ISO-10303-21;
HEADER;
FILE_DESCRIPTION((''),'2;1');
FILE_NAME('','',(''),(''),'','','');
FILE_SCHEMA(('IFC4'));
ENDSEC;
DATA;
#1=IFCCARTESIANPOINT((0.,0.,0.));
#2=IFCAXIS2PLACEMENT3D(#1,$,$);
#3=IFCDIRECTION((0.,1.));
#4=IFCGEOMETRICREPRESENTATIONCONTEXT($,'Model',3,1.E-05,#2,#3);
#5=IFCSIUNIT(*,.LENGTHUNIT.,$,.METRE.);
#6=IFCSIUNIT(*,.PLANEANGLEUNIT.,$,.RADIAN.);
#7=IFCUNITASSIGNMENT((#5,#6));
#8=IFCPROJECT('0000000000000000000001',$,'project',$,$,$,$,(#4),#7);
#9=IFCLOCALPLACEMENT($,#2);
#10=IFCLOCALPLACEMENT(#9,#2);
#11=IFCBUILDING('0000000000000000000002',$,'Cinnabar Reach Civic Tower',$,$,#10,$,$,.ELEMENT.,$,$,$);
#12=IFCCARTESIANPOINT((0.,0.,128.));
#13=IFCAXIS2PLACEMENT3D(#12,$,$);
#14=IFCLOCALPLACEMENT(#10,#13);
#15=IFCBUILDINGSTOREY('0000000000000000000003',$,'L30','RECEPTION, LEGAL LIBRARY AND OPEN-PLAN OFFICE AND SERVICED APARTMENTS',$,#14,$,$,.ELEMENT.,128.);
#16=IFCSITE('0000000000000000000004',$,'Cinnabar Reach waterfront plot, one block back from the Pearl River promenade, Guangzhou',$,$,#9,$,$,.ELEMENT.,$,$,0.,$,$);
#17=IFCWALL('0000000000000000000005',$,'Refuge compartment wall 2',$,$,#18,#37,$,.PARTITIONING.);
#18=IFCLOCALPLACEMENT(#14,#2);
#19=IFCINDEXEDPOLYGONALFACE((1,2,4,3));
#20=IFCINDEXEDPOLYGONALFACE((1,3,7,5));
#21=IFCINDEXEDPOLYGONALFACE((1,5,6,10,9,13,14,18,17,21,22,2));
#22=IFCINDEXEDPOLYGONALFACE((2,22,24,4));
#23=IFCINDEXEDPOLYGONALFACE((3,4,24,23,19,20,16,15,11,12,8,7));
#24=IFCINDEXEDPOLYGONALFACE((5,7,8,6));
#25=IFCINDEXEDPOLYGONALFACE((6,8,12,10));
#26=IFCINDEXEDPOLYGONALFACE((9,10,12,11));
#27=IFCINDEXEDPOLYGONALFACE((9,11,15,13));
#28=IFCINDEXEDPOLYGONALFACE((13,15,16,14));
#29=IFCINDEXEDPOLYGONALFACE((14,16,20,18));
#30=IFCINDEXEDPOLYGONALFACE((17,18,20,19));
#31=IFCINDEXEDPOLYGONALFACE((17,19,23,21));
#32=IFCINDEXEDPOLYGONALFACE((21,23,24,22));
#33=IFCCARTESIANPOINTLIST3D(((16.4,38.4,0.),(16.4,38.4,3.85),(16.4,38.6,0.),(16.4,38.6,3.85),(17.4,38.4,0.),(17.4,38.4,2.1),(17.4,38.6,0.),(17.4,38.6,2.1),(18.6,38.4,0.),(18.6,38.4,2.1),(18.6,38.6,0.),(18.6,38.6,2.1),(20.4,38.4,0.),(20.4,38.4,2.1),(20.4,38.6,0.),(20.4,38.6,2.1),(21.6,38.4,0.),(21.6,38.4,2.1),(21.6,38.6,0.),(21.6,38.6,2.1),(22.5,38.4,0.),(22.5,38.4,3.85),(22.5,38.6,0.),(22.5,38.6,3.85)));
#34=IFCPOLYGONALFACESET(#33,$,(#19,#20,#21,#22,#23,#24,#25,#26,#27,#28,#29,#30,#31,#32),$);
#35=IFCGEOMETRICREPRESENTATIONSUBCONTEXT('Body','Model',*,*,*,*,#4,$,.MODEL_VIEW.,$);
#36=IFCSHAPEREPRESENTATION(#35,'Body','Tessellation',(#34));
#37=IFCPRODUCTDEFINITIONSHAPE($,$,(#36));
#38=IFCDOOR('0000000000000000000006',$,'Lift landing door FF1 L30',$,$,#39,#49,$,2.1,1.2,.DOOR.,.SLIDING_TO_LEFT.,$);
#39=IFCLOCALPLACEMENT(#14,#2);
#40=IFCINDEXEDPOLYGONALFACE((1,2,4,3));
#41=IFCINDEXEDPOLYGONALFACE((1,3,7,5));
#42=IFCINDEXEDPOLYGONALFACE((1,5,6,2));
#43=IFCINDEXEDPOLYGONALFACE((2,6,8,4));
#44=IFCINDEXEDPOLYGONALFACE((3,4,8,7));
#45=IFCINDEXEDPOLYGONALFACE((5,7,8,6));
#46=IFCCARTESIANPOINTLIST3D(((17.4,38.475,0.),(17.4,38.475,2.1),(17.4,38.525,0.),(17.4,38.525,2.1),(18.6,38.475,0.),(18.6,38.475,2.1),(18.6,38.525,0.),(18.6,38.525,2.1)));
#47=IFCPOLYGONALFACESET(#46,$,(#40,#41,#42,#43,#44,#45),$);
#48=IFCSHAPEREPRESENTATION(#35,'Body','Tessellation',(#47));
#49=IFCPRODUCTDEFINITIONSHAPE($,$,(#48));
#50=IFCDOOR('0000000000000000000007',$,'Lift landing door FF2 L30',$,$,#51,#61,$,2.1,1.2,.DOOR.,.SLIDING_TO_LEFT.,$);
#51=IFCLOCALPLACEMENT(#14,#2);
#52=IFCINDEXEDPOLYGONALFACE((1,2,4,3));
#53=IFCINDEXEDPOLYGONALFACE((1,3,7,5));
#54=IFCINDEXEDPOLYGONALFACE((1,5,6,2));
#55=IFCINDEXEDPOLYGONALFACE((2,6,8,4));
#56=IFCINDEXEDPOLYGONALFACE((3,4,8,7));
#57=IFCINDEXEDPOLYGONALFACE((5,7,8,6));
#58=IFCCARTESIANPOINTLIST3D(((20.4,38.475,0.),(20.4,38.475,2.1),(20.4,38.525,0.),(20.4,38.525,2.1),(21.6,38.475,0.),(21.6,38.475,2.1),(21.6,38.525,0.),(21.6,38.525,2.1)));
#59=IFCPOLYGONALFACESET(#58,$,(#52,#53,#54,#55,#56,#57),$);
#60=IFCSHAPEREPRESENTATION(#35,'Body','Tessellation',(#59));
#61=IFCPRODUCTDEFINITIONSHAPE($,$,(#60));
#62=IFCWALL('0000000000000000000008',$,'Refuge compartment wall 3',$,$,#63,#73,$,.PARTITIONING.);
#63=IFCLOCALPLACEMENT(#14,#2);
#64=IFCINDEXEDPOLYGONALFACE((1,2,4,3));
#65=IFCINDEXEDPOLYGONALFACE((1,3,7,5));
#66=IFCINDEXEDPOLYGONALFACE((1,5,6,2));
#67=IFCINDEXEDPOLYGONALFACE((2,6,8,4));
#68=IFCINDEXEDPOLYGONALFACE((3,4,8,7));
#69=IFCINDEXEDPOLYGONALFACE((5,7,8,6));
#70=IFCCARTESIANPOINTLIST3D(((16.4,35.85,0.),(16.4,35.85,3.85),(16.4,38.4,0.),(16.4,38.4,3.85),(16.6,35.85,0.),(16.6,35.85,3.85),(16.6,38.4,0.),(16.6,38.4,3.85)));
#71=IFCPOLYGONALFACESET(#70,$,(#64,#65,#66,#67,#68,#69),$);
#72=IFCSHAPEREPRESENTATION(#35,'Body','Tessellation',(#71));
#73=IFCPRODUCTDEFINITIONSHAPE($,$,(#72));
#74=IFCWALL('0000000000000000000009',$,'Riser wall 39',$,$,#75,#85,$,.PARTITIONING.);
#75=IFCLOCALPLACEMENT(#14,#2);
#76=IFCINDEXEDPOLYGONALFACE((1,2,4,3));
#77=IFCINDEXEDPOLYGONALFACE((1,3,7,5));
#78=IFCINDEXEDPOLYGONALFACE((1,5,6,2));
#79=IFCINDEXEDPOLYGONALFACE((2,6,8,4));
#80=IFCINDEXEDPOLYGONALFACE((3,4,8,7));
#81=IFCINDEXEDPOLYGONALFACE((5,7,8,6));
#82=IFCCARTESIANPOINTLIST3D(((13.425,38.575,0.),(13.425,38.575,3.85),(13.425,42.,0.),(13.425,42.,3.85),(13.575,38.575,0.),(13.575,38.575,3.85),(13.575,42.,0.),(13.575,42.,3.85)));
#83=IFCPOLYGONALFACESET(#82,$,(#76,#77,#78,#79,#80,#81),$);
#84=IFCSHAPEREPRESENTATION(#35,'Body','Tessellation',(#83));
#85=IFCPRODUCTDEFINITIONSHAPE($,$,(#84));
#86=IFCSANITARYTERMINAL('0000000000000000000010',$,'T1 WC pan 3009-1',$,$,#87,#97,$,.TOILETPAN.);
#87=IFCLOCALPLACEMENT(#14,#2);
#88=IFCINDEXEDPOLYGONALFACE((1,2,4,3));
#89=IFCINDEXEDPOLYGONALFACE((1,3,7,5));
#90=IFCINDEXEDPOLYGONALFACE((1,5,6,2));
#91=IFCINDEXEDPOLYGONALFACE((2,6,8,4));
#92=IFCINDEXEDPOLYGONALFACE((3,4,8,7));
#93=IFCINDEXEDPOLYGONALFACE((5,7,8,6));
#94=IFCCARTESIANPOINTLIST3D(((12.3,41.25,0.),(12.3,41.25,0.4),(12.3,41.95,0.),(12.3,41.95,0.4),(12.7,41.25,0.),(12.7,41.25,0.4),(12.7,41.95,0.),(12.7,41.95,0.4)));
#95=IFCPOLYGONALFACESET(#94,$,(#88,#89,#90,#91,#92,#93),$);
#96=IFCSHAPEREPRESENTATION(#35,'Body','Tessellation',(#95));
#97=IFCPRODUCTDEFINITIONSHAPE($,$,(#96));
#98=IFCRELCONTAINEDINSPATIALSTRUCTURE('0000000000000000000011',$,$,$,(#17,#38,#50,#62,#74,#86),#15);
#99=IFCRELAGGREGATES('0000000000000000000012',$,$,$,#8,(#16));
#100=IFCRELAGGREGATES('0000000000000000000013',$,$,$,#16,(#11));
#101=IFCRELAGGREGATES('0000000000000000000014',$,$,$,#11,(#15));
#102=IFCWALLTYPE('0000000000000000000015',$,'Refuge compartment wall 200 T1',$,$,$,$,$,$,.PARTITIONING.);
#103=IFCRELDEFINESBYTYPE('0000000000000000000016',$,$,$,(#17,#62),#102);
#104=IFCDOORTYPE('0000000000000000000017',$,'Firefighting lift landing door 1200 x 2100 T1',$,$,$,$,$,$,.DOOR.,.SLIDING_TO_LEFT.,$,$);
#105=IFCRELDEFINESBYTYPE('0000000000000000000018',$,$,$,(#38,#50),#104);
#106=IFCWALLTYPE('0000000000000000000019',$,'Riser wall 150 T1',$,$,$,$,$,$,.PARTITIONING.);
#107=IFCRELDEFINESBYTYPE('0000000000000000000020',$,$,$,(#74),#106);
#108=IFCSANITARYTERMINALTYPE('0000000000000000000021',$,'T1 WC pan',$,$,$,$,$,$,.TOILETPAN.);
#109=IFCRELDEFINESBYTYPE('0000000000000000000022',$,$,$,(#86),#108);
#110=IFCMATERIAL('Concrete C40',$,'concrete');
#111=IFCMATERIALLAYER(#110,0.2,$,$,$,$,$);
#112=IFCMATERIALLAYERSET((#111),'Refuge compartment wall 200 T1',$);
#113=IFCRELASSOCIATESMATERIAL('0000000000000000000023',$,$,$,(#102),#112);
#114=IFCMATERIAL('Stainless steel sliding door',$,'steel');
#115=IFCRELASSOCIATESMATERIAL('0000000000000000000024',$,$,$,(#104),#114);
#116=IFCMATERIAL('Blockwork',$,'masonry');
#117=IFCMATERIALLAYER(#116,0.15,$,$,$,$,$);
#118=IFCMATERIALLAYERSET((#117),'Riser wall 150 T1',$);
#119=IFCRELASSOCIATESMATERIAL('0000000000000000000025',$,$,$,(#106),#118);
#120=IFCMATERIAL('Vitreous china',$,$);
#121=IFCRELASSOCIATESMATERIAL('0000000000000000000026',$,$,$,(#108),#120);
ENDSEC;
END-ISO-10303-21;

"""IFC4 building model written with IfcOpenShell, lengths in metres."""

from ifc_helpers import new_model, si_unit, direction, frame, frame_2d, origin, origin_2d, place, context, subcontext, project, spatial, rectangle, extrude, material, layer, layer_set, type_object, element, fill, save


model = new_model("IFC4")

# Units and contexts
model_context = context("Model", 3, precision=1e-05, world=origin(), true_north=direction((0.0, 1.0)))
body_context = subcontext(model_context, "Body", "Model", "MODEL_VIEW")
ifc_project = project(units=[si_unit("LENGTHUNIT", "METRE"), si_unit("PLANEANGLEUNIT", "RADIAN")], contexts=[model_context])

# Site, building, storey
site_placement = place(None, origin())
site = spatial("IfcSite", under=ifc_project, at=site_placement, Name="Cinnabar Reach waterfront plot, one block back from the Pearl River promenade, Guangzhou", CompositionType="ELEMENT", RefElevation=0.0)
building_placement = place(site_placement, origin())
building = spatial("IfcBuilding", under=site, at=building_placement, Name="Cinnabar Reach Civic Tower", CompositionType="ELEMENT")
storey_placement = place(building_placement, frame((0.0, 0.0, 128.0)))
storey = spatial("IfcBuildingStorey", under=building, at=storey_placement, Name="L30", Description="RECEPTION, LEGAL LIBRARY AND OPEN-PLAN OFFICE AND SERVICED APARTMENTS", CompositionType="ELEMENT", Elevation=128.0)

# Shared definitions
ifc_material_1 = material(Name="Blockwork", Category="masonry")
ifc_material_2 = material(Name="Concrete C40", Category="concrete")
ifc_layer_1 = layer(ifc_material_2, 0.2)
ifc_layer_set_1 = layer_set([ifc_layer_1], Name="Refuge compartment wall 200 T1")
wall_type_1 = type_object("IfcWallType", Name="Refuge compartment wall 200 T1", PredefinedType="PARTITIONING", material=ifc_layer_set_1)

# Wall, openings, doors
wall_1_placement = place(storey_placement, frame((16.4, 38.5, 0.0), z_axis=(0.0, 0.0, 1.0), x_axis=(1.0, 0.0, 0.0)))
wall_1 = element("IfcWall", 1, at=wall_1_placement, inside=storey, type_object=wall_type_1, Name="Refuge compartment wall 2", PredefinedType="PARTITIONING", context=body_context, shape_type="SweptSolid", body=[
    extrude(rectangle(XDim=6.1, YDim=0.2, at=frame_2d((3.05, 0.0))), origin(), (0.0, 0.0, 1.0), 3.85),
])
opening_1_placement = place(wall_1_placement, frame((1.0, 0.0, 0.0)))
opening_1 = element("IfcOpeningElement", 2, at=opening_1_placement, cuts=wall_1, PredefinedType="OPENING", context=body_context, shape_type="SweptSolid", body=[
    extrude(rectangle(XDim=1.2, YDim=2.1, at=frame_2d((0.6, 1.05))), frame((0.0, 0.11, 0.0), z_axis=(0.0, -1.0, 0.0), x_axis=(1.0, 0.0, 0.0)), (0.0, 0.0, 1.0), 0.22),
])
opening_2_placement = place(wall_1_placement, frame((4.0, 0.0, 0.0)))
opening_2 = element("IfcOpeningElement", 3, at=opening_2_placement, cuts=wall_1, PredefinedType="OPENING", context=body_context, shape_type="SweptSolid", body=[
    extrude(rectangle(XDim=1.2, YDim=2.1, at=frame_2d((0.6, 1.05))), frame((0.0, 0.11, 0.0), z_axis=(0.0, -1.0, 0.0), x_axis=(1.0, 0.0, 0.0)), (0.0, 0.0, 1.0), 0.22),
])
ifc_material_3 = material(Name="Stainless steel sliding door", Category="steel")
door_type_1 = type_object("IfcDoorType", Name="Firefighting lift landing door 1200 x 2100 T1", OperationType="SLIDING_TO_LEFT", PredefinedType="DOOR", material=ifc_material_3)
door_1_placement = place(opening_1_placement, origin())
door_1 = element("IfcDoor", 4, at=door_1_placement, inside=storey, type_object=door_type_1, Name="Lift landing door FF1 L30", OperationType="SLIDING_TO_LEFT", OverallHeight=2.1, OverallWidth=1.2, PredefinedType="DOOR", context=body_context, shape_type="SweptSolid", body=[
    extrude(rectangle(XDim=1.2, YDim=2.1, at=frame_2d((0.6, 1.05))), frame((0.0, 0.025, 0.0), z_axis=(0.0, -1.0, 0.0), x_axis=(1.0, 0.0, 0.0)), (0.0, 0.0, 1.0), 0.05),
])
fill(opening_1, door_1)
door_2_placement = place(opening_2_placement, origin())
door_2 = element("IfcDoor", 5, at=door_2_placement, inside=storey, type_object=door_type_1, Name="Lift landing door FF2 L30", OperationType="SLIDING_TO_LEFT", OverallHeight=2.1, OverallWidth=1.2, PredefinedType="DOOR", context=body_context, shape_type="SweptSolid", body=[
    extrude(rectangle(XDim=1.2, YDim=2.1, at=frame_2d((0.6, 1.05))), frame((0.0, 0.025, 0.0), z_axis=(0.0, -1.0, 0.0), x_axis=(1.0, 0.0, 0.0)), (0.0, 0.0, 1.0), 0.05),
])
fill(opening_2, door_2)

# Walls
wall_2_placement = place(storey_placement, frame((16.5, 35.85, 0.0), z_axis=(0.0, 0.0, 1.0), x_axis=(0.0, 1.0, 0.0)))
element("IfcWall", 6, at=wall_2_placement, inside=storey, type_object=wall_type_1, Name="Refuge compartment wall 3", PredefinedType="PARTITIONING", context=body_context, shape_type="SweptSolid", body=[
    extrude(rectangle(XDim=2.55, YDim=0.2, at=frame_2d((1.275, 0.0))), origin(), (0.0, 0.0, 1.0), 3.85),
])
ifc_layer_2 = layer(ifc_material_1, 0.15)
ifc_layer_set_2 = layer_set([ifc_layer_2], Name="Riser wall 150 T1")
wall_type_2 = type_object("IfcWallType", Name="Riser wall 150 T1", PredefinedType="PARTITIONING", material=ifc_layer_set_2)
wall_3_placement = place(storey_placement, frame((13.5, 38.575, 0.0), z_axis=(0.0, 0.0, 1.0), x_axis=(0.0, 1.0, 0.0)))
element("IfcWall", 7, at=wall_3_placement, inside=storey, type_object=wall_type_2, Name="Riser wall 39", PredefinedType="PARTITIONING", context=body_context, shape_type="SweptSolid", body=[
    extrude(rectangle(XDim=3.425, YDim=0.15, at=frame_2d((1.7125, 0.0))), origin(), (0.0, 0.0, 1.0), 3.85),
])

# Sanitary terminal
ifc_material_4 = material(Name="Vitreous china")
sanitary_terminal_type = type_object("IfcSanitaryTerminalType", Name="T1 WC pan", PredefinedType="TOILETPAN", material=ifc_material_4)
sanitary_terminal_placement = place(storey_placement, frame((12.5, 41.6, 0.0), z_axis=(0.0, 0.0, 1.0), x_axis=(1.0, 0.0, 0.0)))
element("IfcSanitaryTerminal", 8, at=sanitary_terminal_placement, inside=storey, type_object=sanitary_terminal_type, Name="T1 WC pan 3009-1", PredefinedType="TOILETPAN", context=body_context, shape_type="SweptSolid", body=[
    extrude(rectangle(XDim=0.4, YDim=0.7, at=origin_2d()), origin(), (0.0, 0.0, 1.0), 0.4),
])

save(model, "model.ifc")
